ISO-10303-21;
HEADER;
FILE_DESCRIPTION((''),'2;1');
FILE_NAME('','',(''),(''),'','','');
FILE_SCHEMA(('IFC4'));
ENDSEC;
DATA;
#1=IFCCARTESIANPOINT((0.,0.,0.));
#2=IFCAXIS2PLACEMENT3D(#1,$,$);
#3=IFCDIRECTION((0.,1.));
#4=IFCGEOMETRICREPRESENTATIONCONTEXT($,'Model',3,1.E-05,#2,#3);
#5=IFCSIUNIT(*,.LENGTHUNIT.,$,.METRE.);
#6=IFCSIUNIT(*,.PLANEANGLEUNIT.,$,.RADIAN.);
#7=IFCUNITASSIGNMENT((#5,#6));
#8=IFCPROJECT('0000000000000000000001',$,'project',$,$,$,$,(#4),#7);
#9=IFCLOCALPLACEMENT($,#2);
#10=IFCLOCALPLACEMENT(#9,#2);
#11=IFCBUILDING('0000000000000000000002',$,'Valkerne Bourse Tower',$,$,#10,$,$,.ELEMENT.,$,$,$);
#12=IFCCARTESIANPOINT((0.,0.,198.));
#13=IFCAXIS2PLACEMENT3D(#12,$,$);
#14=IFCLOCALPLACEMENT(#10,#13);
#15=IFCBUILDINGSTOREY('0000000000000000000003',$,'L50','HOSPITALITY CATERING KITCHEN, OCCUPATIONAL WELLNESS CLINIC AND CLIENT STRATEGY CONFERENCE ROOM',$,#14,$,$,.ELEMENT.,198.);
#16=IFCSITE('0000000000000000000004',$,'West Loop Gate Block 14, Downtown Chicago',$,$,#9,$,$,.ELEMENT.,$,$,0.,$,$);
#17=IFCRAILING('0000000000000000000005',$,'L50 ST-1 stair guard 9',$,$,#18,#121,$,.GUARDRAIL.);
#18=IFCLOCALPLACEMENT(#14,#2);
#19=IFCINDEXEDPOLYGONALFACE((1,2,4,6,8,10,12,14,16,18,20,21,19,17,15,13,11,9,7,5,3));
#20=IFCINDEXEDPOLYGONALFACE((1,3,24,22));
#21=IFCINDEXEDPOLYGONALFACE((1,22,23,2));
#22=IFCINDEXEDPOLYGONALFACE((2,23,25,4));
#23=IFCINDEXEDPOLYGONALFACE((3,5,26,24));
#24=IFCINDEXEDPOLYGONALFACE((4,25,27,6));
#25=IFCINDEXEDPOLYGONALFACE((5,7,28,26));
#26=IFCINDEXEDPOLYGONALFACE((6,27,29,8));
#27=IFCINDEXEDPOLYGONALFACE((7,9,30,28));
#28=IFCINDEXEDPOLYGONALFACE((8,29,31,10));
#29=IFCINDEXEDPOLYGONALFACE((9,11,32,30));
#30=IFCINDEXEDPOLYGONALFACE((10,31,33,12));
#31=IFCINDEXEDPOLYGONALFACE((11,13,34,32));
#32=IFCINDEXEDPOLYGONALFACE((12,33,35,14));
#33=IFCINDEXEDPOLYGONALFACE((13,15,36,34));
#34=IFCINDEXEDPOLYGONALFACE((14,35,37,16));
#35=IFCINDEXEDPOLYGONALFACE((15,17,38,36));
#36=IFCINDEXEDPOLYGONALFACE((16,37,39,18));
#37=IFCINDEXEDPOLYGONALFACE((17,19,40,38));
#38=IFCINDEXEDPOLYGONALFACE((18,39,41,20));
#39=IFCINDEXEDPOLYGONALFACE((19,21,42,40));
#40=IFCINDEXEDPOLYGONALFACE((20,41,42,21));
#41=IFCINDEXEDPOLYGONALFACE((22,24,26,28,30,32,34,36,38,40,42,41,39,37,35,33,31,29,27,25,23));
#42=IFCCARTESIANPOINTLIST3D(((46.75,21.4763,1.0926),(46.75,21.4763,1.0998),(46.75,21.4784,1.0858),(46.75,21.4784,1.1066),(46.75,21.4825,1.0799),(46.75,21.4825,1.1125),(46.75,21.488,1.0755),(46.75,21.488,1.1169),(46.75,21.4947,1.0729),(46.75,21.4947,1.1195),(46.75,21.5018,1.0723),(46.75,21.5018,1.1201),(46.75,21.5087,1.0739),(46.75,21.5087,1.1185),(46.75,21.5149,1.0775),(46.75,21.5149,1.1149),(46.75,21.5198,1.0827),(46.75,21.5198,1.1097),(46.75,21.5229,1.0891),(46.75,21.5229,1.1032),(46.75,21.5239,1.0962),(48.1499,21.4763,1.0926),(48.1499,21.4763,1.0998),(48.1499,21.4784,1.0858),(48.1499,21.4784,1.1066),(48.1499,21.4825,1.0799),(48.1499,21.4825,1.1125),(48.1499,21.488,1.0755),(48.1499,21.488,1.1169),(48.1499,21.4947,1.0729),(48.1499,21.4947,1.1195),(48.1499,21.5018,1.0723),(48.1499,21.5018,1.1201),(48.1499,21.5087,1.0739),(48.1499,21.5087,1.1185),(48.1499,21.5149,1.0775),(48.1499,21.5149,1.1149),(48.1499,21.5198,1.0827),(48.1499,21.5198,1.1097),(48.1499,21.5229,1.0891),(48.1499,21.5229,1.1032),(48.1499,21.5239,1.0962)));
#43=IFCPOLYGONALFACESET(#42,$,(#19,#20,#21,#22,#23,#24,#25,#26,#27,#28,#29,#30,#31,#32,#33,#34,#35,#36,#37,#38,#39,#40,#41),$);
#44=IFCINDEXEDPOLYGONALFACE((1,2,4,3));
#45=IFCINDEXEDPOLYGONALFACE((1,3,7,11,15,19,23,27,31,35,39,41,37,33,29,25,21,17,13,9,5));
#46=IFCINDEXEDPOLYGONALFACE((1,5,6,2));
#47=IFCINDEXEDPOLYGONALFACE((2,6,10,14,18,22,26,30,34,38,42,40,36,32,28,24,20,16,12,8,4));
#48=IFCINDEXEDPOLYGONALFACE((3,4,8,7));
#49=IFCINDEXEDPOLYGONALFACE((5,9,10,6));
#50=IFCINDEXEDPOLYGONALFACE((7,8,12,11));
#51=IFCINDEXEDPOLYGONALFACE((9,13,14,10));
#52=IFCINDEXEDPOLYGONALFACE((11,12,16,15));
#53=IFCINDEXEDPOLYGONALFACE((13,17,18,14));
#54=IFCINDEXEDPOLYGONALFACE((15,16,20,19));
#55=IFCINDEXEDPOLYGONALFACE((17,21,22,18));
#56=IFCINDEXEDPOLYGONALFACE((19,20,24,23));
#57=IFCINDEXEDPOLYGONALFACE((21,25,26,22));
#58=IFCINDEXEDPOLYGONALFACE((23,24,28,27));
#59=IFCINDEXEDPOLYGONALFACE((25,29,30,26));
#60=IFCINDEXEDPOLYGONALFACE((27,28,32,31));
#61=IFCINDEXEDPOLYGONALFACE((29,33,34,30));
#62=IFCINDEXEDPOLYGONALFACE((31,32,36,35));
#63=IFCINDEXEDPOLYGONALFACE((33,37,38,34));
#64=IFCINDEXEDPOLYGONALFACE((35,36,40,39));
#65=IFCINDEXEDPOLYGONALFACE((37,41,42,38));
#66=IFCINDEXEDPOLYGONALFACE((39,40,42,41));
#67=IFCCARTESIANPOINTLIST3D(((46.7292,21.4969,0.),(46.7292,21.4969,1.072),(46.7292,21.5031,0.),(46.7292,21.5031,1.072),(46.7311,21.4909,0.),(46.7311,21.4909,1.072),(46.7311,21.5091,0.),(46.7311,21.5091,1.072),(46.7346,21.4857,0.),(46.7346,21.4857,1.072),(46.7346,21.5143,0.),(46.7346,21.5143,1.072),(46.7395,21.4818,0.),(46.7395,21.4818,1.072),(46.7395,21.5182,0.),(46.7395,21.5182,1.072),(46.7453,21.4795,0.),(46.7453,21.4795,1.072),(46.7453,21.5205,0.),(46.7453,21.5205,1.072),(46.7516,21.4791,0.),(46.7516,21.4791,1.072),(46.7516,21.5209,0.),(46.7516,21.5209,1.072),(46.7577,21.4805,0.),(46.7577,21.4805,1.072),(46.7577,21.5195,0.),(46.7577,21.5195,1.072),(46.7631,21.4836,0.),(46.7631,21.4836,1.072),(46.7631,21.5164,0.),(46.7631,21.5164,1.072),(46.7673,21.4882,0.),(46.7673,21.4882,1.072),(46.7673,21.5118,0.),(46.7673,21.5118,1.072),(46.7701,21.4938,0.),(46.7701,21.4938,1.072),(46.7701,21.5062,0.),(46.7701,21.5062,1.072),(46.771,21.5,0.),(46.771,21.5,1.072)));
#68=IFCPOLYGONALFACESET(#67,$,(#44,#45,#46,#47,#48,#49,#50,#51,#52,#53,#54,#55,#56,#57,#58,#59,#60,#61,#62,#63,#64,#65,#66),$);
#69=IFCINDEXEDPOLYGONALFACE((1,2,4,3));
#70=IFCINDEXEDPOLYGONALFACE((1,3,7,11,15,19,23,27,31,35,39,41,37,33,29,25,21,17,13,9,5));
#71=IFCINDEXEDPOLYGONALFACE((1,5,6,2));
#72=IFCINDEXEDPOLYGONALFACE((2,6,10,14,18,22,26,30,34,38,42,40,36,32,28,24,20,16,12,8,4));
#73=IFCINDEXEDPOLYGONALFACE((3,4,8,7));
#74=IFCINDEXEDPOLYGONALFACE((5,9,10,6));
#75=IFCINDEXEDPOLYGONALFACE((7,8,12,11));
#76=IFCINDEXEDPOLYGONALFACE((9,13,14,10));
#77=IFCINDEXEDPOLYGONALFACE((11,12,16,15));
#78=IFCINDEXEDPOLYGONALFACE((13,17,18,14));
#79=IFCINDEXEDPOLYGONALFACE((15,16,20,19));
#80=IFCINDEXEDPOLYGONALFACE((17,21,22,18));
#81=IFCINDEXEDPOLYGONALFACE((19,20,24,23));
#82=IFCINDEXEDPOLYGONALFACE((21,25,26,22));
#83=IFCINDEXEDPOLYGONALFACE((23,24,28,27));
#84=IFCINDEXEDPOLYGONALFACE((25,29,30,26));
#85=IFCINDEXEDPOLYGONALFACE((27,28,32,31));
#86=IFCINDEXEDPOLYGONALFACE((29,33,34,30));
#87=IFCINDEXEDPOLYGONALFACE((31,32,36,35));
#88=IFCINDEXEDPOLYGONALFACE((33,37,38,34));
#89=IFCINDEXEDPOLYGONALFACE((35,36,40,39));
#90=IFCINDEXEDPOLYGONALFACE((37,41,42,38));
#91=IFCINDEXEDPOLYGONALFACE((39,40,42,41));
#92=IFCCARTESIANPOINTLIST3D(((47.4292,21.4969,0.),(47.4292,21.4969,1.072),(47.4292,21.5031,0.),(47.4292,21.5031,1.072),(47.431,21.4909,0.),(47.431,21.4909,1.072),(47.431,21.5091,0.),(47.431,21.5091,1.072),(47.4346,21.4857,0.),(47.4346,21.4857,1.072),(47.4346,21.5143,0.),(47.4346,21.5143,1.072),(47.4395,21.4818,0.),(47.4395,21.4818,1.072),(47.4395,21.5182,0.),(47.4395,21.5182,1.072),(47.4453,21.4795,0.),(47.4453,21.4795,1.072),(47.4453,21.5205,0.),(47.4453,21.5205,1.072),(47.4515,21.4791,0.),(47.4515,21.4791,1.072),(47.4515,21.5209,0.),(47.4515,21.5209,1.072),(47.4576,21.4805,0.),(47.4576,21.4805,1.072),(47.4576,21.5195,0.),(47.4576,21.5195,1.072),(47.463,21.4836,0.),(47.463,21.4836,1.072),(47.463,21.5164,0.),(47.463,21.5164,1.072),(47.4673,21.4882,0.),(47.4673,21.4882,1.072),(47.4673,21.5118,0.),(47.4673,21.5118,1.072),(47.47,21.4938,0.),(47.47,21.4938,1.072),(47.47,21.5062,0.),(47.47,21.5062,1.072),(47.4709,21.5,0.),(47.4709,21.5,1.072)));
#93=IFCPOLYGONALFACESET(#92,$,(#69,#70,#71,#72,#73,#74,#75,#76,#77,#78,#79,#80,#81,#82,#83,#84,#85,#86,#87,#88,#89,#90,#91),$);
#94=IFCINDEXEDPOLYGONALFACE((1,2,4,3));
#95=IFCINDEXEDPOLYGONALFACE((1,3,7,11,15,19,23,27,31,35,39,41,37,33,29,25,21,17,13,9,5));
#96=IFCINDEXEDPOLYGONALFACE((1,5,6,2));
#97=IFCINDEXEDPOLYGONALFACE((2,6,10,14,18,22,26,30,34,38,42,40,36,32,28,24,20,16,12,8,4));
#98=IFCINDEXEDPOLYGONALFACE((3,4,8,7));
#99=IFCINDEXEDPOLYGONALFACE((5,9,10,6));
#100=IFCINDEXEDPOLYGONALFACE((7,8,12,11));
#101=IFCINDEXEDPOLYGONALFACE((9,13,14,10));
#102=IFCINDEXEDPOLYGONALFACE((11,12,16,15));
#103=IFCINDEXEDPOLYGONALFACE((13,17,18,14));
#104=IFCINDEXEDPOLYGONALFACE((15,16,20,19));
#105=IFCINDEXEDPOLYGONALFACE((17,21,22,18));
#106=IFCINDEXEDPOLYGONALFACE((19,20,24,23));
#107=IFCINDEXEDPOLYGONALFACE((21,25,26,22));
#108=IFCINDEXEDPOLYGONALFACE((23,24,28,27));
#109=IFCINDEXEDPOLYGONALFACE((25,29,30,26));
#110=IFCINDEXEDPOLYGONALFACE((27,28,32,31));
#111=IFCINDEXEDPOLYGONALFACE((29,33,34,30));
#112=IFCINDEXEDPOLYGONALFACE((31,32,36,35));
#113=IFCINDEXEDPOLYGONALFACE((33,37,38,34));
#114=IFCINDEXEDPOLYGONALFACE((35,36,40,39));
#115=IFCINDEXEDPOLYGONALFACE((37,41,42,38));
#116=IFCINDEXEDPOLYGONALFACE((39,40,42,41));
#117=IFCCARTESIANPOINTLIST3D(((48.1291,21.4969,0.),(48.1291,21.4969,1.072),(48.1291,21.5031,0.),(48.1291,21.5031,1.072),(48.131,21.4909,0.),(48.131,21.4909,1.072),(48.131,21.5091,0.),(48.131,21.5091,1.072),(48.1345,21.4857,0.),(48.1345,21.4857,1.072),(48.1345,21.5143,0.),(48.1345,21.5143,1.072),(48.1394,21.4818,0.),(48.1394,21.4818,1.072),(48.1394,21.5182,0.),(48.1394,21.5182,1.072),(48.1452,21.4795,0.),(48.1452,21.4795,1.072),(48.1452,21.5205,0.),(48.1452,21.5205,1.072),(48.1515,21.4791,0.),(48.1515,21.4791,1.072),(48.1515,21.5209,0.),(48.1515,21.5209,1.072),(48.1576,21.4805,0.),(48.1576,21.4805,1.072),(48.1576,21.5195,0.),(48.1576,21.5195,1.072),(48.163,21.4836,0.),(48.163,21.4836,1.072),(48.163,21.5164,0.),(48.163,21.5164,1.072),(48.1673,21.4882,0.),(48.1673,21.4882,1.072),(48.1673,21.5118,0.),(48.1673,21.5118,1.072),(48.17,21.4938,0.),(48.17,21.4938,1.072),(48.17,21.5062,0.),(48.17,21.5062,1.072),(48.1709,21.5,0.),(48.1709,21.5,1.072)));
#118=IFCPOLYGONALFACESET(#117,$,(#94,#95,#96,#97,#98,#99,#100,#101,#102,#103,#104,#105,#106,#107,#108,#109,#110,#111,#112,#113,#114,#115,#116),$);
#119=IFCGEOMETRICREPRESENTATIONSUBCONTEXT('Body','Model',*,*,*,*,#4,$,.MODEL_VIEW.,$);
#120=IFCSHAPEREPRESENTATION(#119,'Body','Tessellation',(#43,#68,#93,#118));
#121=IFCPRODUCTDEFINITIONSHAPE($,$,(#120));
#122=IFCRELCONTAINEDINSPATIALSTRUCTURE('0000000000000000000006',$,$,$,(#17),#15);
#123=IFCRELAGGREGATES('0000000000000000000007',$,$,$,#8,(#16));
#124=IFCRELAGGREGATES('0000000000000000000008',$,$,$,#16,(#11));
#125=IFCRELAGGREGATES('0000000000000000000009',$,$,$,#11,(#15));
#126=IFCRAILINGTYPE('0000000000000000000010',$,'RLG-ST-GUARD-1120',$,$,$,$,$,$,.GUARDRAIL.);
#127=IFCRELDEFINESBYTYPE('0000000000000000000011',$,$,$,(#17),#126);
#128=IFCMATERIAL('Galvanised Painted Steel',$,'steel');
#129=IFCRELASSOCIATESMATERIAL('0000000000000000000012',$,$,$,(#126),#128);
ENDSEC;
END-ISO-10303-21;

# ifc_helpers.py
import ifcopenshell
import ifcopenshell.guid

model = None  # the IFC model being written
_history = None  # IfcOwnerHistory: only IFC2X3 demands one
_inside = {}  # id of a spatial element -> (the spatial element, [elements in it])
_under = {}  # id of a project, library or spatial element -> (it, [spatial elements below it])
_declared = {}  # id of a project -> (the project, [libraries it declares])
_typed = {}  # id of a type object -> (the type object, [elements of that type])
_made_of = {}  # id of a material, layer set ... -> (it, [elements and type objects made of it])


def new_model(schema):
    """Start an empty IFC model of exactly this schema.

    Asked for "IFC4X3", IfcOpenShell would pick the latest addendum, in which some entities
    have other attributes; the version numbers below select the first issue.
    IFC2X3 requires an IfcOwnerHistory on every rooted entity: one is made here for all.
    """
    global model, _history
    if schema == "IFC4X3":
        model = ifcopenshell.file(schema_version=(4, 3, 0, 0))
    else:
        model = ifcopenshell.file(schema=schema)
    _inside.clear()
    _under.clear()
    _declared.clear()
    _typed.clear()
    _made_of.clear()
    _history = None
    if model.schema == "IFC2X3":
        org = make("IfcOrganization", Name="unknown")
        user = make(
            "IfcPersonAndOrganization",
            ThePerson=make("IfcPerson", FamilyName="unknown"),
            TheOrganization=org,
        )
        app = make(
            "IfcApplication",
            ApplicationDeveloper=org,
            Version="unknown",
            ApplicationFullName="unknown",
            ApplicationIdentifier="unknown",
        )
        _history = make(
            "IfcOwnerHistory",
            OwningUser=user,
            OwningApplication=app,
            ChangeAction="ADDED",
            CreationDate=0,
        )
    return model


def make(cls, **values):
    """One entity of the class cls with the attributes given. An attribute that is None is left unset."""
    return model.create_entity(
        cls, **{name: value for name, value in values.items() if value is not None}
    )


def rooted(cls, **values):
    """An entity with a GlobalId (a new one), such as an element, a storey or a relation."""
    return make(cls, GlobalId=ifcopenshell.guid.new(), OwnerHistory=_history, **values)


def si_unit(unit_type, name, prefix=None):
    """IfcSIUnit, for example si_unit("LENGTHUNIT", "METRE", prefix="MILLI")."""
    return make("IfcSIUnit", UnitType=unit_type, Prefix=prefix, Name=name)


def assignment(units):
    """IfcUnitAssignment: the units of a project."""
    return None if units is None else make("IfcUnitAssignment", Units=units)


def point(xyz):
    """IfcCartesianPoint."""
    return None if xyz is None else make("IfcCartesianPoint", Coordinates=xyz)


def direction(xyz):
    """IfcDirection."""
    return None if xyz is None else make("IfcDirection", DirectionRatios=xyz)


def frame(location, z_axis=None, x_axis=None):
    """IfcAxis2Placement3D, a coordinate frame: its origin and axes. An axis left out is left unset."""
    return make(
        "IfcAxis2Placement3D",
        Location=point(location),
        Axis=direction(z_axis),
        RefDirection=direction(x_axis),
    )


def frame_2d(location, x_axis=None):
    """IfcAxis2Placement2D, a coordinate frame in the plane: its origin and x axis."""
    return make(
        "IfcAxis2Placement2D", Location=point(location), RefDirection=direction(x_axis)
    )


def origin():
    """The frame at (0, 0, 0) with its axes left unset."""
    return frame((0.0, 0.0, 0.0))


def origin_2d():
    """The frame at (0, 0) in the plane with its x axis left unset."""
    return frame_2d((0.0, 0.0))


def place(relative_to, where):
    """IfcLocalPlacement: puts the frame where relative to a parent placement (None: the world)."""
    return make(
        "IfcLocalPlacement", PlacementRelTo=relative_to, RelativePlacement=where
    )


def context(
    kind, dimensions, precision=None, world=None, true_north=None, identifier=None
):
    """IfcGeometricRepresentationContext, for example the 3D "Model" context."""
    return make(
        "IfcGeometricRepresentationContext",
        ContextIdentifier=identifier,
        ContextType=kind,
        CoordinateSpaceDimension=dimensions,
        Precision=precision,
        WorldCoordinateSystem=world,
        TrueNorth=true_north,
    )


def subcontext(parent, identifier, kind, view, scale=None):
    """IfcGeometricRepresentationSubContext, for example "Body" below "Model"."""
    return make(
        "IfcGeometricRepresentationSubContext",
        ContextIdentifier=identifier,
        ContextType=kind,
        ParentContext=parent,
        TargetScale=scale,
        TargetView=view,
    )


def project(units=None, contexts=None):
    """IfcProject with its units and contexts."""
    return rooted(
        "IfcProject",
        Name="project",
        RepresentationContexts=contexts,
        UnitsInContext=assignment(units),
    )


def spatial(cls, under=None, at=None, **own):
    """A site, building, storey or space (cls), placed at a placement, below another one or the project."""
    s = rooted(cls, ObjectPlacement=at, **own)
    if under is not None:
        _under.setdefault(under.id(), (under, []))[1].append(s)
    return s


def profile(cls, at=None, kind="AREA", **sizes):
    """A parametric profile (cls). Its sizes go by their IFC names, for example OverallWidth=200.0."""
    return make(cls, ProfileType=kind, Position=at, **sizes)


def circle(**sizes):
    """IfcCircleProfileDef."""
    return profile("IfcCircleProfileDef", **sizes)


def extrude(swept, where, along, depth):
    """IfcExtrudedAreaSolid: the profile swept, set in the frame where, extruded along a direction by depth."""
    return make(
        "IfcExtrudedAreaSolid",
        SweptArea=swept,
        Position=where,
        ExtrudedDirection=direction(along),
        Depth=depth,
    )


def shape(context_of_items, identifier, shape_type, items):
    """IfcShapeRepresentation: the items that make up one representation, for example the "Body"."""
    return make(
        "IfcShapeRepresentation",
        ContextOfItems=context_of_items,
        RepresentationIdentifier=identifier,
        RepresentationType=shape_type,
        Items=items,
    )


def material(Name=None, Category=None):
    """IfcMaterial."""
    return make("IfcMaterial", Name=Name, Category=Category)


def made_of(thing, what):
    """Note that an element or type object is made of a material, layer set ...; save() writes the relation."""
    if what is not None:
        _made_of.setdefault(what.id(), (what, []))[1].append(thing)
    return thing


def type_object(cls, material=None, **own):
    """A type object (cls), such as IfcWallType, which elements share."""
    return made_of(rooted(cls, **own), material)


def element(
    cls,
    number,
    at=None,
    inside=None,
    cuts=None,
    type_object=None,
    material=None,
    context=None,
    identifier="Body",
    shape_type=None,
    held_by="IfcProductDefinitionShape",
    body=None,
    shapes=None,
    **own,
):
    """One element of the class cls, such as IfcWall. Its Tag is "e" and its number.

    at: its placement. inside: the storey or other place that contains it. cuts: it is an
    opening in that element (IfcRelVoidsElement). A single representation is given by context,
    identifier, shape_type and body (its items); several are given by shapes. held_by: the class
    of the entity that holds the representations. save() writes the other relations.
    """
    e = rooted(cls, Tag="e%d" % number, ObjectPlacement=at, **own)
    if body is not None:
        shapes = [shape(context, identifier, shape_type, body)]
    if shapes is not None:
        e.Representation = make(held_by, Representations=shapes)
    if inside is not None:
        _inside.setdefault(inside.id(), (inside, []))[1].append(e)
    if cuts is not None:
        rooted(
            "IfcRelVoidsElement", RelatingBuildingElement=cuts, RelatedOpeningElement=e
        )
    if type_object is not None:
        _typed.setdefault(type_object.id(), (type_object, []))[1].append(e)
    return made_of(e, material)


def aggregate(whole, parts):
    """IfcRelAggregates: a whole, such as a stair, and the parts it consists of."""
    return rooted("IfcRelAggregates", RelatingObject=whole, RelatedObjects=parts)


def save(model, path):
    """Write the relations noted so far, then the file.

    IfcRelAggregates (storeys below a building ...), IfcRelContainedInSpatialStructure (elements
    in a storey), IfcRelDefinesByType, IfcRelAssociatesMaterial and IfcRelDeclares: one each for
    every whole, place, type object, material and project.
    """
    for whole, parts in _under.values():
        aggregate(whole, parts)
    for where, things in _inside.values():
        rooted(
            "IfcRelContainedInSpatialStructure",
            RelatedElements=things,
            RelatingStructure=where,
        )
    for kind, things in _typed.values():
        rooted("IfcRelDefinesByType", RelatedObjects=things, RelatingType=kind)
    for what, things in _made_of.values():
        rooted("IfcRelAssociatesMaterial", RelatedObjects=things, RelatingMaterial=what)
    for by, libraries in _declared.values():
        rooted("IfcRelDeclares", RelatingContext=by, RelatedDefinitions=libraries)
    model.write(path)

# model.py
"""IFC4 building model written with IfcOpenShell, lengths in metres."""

from ifc_helpers import new_model, si_unit, direction, frame, origin, origin_2d, place, context, subcontext, project, spatial, circle, extrude, material, type_object, element, save


model = new_model("IFC4")

# Units and contexts
model_context = context("Model", 3, precision=1e-05, world=origin(), true_north=direction((0.0, 1.0)))
body_context = subcontext(model_context, "Body", "Model", "MODEL_VIEW")
ifc_project = project(units=[si_unit("LENGTHUNIT", "METRE"), si_unit("PLANEANGLEUNIT", "RADIAN")], contexts=[model_context])

# Site, building, storey
site_placement = place(None, origin())
site = spatial("IfcSite", under=ifc_project, at=site_placement, Name="West Loop Gate Block 14, Downtown Chicago", CompositionType="ELEMENT", RefElevation=0.0)
building_placement = place(site_placement, origin())
building = spatial("IfcBuilding", under=site, at=building_placement, Name="Valkerne Bourse Tower", CompositionType="ELEMENT")
storey_placement = place(building_placement, frame((0.0, 0.0, 198.0)))
storey = spatial("IfcBuildingStorey", under=building, at=storey_placement, Name="L50", Description="HOSPITALITY CATERING KITCHEN, OCCUPATIONAL WELLNESS CLINIC AND CLIENT STRATEGY CONFERENCE ROOM", CompositionType="ELEMENT", Elevation=198.0)

# Shared definitions
ifc_material_1 = material(Name="Galvanised Painted Steel", Category="steel")

# Railing
railing_type_1 = type_object("IfcRailingType", Name="RLG-ST-GUARD-1120", PredefinedType="GUARDRAIL", material=ifc_material_1)
for number, where, name in (
    (1, (46.75, 21.5, 0.0), "L50 ST-1 stair guard 9"),
):
    element("IfcRailing", number, at=place(storey_placement, frame(where)), inside=storey, type_object=railing_type_1, Name=name, PredefinedType="GUARDRAIL", context=body_context, shape_type="SweptSolid", body=[
        extrude(circle(Radius=0.0239, at=origin_2d()), frame((0.0, 0.0, 1.0962), z_axis=(1.0, 0.0, 0.0), x_axis=(0.0, 1.0, 0.0)), (0.0, 0.0, 1.0), 1.3999),
        extrude(circle(Radius=0.021, at=origin_2d()), origin(), (0.0, 0.0, 1.0), 1.072),
        extrude(circle(Radius=0.021, at=origin_2d()), frame((0.7, 0.0, 0.0)), (0.0, 0.0, 1.0), 1.072),
        extrude(circle(Radius=0.021, at=origin_2d()), frame((1.3999, 0.0, 0.0)), (0.0, 0.0, 1.0), 1.072),
    ])

save(model, "model.ifc")
